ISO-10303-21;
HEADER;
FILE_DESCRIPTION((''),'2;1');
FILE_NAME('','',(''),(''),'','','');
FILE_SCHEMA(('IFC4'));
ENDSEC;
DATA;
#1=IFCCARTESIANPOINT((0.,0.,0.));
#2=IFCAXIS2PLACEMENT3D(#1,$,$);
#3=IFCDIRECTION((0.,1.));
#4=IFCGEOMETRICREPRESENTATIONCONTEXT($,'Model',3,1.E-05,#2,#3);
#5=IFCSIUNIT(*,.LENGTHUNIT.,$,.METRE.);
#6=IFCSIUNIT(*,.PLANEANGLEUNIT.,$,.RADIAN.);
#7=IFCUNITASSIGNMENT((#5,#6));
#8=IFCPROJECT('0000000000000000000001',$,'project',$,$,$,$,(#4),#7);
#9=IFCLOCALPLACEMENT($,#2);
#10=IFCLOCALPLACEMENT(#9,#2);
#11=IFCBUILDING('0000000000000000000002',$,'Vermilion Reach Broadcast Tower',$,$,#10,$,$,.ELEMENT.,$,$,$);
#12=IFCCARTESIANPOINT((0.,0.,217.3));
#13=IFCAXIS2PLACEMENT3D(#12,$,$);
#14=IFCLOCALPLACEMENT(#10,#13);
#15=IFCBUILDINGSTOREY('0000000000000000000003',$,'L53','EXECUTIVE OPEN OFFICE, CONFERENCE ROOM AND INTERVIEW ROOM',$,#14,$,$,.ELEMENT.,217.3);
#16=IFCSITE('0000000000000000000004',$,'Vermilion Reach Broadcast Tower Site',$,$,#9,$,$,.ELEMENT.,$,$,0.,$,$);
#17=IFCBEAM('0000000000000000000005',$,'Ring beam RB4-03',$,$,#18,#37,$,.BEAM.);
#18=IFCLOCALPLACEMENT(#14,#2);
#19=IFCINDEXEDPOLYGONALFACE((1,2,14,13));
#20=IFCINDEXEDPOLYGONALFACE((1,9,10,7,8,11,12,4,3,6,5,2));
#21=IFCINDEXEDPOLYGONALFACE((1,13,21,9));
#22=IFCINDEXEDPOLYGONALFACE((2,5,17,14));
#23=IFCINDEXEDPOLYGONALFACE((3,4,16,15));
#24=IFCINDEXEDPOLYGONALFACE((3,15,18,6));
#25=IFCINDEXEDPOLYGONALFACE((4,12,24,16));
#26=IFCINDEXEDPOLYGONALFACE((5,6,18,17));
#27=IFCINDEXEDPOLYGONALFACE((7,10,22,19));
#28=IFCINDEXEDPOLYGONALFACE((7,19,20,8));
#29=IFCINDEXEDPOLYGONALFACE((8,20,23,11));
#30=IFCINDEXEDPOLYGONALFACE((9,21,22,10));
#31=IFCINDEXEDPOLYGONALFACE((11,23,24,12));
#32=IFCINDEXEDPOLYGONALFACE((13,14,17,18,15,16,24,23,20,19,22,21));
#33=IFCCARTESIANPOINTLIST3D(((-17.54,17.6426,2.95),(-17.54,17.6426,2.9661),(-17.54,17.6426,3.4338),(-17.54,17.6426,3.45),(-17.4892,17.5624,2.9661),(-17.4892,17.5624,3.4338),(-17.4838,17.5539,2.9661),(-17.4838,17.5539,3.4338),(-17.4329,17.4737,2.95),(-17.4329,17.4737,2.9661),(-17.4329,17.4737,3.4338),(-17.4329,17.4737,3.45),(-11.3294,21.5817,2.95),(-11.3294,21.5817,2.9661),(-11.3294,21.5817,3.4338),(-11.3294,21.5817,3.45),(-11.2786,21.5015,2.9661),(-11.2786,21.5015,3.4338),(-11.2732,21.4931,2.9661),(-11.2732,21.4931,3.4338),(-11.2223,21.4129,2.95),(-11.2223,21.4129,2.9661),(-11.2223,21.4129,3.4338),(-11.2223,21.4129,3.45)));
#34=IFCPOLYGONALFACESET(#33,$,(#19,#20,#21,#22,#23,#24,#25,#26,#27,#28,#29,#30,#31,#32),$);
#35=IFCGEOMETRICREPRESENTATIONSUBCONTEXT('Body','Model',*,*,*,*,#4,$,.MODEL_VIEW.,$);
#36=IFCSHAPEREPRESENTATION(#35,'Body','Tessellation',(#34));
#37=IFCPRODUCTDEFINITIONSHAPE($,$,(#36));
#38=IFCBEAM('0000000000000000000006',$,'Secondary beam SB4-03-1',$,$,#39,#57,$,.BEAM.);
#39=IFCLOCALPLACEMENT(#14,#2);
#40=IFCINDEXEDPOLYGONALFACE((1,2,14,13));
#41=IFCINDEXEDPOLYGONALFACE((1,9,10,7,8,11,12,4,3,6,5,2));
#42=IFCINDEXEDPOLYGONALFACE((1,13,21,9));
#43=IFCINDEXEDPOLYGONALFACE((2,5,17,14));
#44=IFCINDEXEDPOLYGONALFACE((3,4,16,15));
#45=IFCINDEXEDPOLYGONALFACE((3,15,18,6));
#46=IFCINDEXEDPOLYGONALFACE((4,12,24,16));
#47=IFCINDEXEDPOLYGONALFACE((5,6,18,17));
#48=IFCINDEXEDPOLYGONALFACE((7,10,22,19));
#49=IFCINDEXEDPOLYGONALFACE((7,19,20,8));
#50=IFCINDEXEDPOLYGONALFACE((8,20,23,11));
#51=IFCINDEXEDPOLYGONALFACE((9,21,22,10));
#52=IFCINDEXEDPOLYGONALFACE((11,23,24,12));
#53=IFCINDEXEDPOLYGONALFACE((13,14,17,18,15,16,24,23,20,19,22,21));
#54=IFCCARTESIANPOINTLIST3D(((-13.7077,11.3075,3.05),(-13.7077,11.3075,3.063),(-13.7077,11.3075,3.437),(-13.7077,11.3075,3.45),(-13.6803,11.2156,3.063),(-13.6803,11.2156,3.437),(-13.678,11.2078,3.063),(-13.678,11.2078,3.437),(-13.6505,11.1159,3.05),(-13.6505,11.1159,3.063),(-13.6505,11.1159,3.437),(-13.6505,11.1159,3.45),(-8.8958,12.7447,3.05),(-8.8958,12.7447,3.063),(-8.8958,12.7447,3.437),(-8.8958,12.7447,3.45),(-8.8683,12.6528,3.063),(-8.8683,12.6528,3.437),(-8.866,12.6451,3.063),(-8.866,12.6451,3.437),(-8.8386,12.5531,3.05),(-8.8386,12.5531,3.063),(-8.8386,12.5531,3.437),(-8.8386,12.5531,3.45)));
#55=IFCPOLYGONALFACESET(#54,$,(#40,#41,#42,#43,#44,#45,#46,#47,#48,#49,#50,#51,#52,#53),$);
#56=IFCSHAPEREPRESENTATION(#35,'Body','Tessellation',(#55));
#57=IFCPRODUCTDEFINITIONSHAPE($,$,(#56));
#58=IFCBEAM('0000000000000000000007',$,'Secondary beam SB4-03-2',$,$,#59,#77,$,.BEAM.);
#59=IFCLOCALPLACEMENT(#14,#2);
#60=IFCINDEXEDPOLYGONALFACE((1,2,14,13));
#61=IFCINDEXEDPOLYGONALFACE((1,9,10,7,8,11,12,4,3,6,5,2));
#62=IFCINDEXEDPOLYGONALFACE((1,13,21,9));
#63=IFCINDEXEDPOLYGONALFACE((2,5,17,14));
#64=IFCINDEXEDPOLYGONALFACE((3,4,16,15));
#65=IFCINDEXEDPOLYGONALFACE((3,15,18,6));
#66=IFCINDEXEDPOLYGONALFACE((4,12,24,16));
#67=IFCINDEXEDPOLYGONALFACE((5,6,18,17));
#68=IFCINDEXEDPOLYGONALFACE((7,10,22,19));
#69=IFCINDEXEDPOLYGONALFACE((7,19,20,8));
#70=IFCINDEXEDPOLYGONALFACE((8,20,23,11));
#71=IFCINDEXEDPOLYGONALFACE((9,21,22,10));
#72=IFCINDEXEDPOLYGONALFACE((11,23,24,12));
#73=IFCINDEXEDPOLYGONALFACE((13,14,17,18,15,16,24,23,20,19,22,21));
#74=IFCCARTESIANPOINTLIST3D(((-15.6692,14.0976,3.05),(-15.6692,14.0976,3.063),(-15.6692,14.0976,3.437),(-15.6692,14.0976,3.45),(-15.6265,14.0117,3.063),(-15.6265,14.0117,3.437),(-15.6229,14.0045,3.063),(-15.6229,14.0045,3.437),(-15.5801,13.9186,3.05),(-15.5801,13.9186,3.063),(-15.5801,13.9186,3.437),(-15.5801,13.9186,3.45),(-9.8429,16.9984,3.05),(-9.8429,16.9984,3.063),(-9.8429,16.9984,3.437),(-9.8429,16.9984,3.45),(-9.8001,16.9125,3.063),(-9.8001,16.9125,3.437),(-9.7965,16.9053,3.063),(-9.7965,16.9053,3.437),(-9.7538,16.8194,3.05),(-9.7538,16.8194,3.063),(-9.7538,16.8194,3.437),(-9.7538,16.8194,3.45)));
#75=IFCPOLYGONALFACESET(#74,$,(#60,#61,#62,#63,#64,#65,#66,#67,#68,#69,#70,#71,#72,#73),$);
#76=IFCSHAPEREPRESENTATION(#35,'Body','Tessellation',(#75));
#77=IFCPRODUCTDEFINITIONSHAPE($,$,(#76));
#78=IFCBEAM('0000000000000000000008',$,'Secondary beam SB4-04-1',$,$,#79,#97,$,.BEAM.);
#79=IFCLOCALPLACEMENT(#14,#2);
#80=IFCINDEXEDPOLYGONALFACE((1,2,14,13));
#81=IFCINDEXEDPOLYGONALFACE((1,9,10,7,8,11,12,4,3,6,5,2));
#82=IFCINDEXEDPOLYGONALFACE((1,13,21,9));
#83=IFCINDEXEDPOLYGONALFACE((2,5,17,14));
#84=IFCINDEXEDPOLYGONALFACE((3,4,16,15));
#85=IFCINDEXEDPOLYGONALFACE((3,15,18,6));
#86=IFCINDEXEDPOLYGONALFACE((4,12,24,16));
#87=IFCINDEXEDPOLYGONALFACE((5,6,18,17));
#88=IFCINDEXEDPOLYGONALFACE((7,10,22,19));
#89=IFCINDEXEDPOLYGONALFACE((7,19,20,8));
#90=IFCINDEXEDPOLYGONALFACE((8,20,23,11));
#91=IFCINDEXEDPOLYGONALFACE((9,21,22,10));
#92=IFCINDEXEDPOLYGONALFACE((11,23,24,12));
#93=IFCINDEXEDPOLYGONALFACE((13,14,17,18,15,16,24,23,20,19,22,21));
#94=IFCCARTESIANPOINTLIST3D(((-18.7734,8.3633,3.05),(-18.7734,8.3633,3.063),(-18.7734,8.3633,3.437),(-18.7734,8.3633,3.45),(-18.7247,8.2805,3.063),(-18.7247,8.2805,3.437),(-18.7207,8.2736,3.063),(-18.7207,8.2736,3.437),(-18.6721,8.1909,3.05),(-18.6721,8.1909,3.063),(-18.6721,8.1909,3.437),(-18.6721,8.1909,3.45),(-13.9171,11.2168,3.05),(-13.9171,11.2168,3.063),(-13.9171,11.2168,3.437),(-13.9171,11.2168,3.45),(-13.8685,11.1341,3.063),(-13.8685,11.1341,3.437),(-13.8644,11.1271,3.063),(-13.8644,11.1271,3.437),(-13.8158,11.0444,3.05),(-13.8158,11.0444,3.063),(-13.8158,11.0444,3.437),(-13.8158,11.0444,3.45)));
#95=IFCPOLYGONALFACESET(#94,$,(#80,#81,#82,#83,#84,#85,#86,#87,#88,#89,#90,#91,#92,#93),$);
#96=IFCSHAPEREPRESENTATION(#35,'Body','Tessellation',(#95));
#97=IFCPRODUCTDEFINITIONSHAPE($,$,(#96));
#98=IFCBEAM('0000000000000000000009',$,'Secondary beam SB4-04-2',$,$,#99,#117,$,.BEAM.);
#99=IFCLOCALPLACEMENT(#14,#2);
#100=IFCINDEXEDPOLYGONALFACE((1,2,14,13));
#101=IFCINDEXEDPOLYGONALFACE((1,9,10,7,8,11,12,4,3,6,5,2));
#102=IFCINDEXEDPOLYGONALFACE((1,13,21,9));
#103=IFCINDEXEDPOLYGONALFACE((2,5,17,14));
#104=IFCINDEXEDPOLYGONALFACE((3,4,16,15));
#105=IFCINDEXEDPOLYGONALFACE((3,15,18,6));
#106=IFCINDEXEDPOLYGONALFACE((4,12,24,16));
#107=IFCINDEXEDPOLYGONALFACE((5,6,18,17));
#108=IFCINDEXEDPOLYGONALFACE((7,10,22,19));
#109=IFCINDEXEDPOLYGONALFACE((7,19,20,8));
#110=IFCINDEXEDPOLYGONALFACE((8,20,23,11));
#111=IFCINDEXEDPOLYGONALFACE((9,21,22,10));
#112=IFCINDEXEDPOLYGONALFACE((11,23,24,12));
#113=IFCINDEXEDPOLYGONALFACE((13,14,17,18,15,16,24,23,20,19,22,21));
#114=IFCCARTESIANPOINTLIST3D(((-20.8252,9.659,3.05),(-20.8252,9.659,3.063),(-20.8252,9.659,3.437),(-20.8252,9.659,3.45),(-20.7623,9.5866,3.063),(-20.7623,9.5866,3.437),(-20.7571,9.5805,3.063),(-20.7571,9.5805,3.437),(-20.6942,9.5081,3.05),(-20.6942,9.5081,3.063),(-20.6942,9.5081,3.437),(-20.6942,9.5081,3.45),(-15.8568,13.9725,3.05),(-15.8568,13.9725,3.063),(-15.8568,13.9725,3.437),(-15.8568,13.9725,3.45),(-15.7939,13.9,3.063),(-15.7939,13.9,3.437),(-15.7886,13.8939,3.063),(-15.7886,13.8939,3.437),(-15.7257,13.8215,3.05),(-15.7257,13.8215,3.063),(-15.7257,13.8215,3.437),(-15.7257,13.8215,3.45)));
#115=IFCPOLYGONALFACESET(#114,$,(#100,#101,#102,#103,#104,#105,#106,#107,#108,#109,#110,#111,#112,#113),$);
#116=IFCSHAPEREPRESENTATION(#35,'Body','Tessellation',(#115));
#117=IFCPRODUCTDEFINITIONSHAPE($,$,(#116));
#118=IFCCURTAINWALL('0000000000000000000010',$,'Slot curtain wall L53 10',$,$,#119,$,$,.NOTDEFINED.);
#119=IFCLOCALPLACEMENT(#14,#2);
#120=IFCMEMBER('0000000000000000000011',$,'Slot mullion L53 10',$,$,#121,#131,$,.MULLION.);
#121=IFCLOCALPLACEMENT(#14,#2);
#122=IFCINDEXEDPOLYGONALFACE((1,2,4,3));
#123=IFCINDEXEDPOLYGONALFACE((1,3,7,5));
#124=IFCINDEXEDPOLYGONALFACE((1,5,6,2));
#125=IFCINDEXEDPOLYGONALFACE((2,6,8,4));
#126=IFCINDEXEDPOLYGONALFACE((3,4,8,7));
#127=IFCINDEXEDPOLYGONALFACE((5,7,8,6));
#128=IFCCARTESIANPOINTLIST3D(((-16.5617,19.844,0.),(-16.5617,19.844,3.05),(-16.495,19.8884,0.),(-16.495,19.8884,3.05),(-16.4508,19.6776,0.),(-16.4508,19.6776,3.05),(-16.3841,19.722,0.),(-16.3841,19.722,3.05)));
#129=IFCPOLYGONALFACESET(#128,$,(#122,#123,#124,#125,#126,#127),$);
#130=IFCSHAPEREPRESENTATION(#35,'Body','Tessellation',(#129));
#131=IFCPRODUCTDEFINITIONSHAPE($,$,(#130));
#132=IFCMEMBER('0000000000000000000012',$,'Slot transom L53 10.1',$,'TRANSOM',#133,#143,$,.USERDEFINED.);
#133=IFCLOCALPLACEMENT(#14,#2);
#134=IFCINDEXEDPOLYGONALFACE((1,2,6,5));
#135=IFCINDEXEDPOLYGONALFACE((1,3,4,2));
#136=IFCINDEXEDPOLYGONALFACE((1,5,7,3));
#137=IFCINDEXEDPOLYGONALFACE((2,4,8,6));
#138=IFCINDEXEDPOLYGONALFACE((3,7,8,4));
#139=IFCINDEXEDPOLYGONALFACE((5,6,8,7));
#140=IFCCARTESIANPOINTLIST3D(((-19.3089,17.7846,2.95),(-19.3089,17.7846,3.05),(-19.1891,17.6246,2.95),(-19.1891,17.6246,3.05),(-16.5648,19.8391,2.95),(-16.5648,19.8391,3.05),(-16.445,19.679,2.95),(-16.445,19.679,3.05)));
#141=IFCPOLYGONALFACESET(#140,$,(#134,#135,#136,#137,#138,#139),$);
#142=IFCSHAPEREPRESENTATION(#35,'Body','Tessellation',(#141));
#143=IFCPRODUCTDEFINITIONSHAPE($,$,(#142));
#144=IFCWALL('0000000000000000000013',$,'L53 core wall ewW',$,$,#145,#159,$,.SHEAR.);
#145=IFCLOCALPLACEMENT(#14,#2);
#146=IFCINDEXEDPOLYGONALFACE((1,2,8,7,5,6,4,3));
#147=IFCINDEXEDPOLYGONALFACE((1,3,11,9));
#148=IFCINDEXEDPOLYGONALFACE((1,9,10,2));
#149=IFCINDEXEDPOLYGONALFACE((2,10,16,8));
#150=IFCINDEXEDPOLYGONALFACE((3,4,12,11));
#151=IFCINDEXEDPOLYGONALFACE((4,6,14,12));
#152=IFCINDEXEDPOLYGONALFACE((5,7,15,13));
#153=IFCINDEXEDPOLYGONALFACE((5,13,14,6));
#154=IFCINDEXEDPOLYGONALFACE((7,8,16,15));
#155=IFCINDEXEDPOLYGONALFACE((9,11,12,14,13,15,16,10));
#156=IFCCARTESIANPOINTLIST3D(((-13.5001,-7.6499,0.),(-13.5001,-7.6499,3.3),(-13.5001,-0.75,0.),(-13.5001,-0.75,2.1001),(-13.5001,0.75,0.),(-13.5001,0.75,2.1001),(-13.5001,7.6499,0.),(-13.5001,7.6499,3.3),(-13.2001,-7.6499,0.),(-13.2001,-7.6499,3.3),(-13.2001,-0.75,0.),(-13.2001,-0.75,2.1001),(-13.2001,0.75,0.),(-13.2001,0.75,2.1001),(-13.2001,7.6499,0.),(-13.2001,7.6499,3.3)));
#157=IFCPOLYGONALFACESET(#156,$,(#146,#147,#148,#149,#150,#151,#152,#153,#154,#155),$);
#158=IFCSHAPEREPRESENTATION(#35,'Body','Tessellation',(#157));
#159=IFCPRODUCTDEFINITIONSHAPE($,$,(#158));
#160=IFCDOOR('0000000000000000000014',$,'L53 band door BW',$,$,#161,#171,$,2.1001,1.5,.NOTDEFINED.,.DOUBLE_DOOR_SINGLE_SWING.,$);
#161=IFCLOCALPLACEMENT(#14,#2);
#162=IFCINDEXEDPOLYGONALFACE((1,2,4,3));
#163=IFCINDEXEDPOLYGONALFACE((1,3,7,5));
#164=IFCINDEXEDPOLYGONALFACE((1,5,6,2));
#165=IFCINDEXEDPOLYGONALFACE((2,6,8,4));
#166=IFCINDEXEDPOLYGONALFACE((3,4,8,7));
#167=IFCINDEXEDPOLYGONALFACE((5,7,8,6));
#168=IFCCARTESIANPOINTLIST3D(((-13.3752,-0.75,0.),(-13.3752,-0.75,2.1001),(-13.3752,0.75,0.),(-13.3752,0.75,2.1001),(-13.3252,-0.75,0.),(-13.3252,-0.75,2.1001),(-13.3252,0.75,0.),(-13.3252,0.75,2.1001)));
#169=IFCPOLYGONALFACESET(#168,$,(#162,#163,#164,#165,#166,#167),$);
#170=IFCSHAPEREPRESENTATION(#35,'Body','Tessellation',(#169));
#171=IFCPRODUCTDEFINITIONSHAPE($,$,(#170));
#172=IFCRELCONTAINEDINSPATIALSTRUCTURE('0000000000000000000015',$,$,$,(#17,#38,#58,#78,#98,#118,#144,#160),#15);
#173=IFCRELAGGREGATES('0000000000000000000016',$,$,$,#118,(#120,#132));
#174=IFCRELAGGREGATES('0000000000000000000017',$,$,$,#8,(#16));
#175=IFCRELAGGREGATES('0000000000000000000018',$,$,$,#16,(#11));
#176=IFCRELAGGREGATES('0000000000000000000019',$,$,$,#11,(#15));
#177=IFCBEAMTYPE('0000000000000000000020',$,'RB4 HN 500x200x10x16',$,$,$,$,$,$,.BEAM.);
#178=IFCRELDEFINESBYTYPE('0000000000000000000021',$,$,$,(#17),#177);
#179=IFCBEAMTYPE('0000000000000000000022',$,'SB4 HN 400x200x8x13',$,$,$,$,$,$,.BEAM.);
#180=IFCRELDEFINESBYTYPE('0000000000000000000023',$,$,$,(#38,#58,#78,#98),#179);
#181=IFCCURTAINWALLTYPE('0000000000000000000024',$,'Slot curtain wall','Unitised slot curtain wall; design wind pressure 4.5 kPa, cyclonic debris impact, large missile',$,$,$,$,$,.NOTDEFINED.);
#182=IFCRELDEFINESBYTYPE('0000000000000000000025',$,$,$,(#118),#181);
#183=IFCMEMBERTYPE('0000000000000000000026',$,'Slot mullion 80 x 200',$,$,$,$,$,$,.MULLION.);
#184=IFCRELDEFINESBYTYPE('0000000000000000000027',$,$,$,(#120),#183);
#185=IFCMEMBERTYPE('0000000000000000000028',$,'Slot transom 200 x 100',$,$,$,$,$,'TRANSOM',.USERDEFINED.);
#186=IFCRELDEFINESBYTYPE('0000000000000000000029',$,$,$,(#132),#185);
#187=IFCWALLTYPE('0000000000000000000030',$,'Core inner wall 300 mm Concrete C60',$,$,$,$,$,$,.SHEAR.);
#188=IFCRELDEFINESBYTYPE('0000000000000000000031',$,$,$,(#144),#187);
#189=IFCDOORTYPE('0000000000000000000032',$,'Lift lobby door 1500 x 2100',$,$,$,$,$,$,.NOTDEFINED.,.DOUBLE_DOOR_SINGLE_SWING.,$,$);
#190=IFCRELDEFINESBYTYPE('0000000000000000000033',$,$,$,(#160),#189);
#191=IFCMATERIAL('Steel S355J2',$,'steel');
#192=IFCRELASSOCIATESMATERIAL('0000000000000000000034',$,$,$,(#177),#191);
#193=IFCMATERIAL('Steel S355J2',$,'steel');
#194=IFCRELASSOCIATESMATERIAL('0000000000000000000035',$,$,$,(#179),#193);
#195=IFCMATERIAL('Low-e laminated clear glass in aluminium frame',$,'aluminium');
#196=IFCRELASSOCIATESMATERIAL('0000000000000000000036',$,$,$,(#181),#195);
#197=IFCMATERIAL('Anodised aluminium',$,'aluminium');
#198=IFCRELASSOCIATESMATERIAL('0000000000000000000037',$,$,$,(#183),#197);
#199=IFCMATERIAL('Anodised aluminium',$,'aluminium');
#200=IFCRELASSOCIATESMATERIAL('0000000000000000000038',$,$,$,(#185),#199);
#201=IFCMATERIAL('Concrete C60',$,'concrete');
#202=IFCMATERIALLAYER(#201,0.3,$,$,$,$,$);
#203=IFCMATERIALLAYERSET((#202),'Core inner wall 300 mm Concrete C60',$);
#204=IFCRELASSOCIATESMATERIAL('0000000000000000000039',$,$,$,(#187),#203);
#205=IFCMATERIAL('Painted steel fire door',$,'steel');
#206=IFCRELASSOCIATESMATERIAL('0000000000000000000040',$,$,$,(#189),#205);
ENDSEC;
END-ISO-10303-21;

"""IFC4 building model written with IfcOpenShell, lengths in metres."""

from ifc_helpers import new_model, si_unit, direction, frame, frame_2d, origin, origin_2d, place, context, subcontext, project, spatial, rectangle, i_section, extrude, material, layer, layer_set, material_profile, profile_set, type_object, element, fill, aggregate, save


model = new_model("IFC4")

# Units and contexts
model_context = context("Model", 3, precision=1e-05, world=origin(), true_north=direction((0.0, 1.0)))
body_context = subcontext(model_context, "Body", "Model", "MODEL_VIEW")
ifc_project = project(units=[si_unit("LENGTHUNIT", "METRE"), si_unit("PLANEANGLEUNIT", "RADIAN")], contexts=[model_context])

# Site, building, storey
site_placement = place(None, origin())
site = spatial("IfcSite", under=ifc_project, at=site_placement, Name="Vermilion Reach Broadcast Tower Site", CompositionType="ELEMENT", RefElevation=0.0)
building_placement = place(site_placement, origin())
building = spatial("IfcBuilding", under=site, at=building_placement, Name="Vermilion Reach Broadcast Tower", CompositionType="ELEMENT")
storey_placement = place(building_placement, frame((0.0, 0.0, 217.3)))
storey = spatial("IfcBuildingStorey", under=building, at=storey_placement, Name="L53", Description="EXECUTIVE OPEN OFFICE, CONFERENCE ROOM AND INTERVIEW ROOM", CompositionType="ELEMENT", Elevation=217.3)

# Beams
ifc_material_1 = material(Name="Steel S355J2", Category="steel")
ifc_material_profile_1 = material_profile(ifc_material_1, i_section(OverallWidth=0.2, OverallDepth=0.5, WebThickness=0.01, FlangeThickness=0.0161, at=origin_2d()), Name="S355J2 HN 500x200x10x16")
ifc_profile_set_1 = profile_set([ifc_material_profile_1], Name="Steel S355J2")
beam_type_1 = type_object("IfcBeamType", Name="RB4 HN 500x200x10x16", PredefinedType="BEAM", material=ifc_profile_set_1)
beam_1_placement = place(storey_placement, frame((-11.2759, 21.4973, 3.2), z_axis=(-0.844464, -0.535612, 0.0), x_axis=(0.535612, -0.844464, 0.0)))
element("IfcBeam", 1, at=beam_1_placement, inside=storey, type_object=beam_type_1, Name="Ring beam RB4-03", PredefinedType="BEAM", context=body_context, shape_type="SweptSolid", body=[
    extrude(i_section(OverallWidth=0.2, OverallDepth=0.5, WebThickness=0.01, FlangeThickness=0.0161, at=origin_2d()), origin(), (0.0, 0.0, 1.0), 7.3545),
])
ifc_material_2 = material(Name="Steel S355J2", Category="steel")
ifc_material_profile_2 = material_profile(ifc_material_2, i_section(OverallWidth=0.2, OverallDepth=0.3999, WebThickness=0.0081, FlangeThickness=0.0129, at=origin_2d()), Name="S355J2 HN 400x200x8x13")
ifc_profile_set_2 = profile_set([ifc_material_profile_2], Name="Steel S355J2")
beam_type_2 = type_object("IfcBeamType", Name="SB4 HN 400x200x8x13", PredefinedType="BEAM", material=ifc_profile_set_2)
beam_2_placement = place(storey_placement, frame((-8.8672, 12.6489, 3.25), z_axis=(-0.958173, -0.286188, 0.0), x_axis=(0.286188, -0.958173, 0.0)))
element("IfcBeam", 2, at=beam_2_placement, inside=storey, type_object=beam_type_2, Name="Secondary beam SB4-03-1", PredefinedType="BEAM", context=body_context, shape_type="SweptSolid", body=[
    extrude(i_section(OverallWidth=0.2, OverallDepth=0.3999, WebThickness=0.0081, FlangeThickness=0.0129, at=origin_2d()), origin(), (0.0, 0.0, 1.0), 5.022),
])
beam_3_placement = place(storey_placement, frame((-9.7983, 16.9089, 3.25), z_axis=(-0.895184, -0.445698, 0.0), x_axis=(0.445698, -0.895184, 0.0)))
element("IfcBeam", 3, at=beam_3_placement, inside=storey, type_object=beam_type_2, Name="Secondary beam SB4-03-2", PredefinedType="BEAM", context=body_context, shape_type="SweptSolid", body=[
    extrude(i_section(OverallWidth=0.2, OverallDepth=0.3999, WebThickness=0.0081, FlangeThickness=0.0129, at=origin_2d()), origin(), (0.0, 0.0, 1.0), 6.5085),
])
beam_4_placement = place(storey_placement, frame((-13.8665, 11.1306, 3.25), z_axis=(-0.862173, -0.506615, 0.0), x_axis=(0.506615, -0.862173, 0.0)))
element("IfcBeam", 4, at=beam_4_placement, inside=storey, type_object=beam_type_2, Name="Secondary beam SB4-04-1", PredefinedType="BEAM", context=body_context, shape_type="SweptSolid", body=[
    extrude(i_section(OverallWidth=0.2, OverallDepth=0.3999, WebThickness=0.0081, FlangeThickness=0.0129, at=origin_2d()), origin(), (0.0, 0.0, 1.0), 5.6326),
])
beam_5_placement = place(storey_placement, frame((-15.7913, 13.897, 3.25), z_axis=(-0.755129, -0.655576, 0.0), x_axis=(0.655576, -0.755129, 0.0)))
element("IfcBeam", 5, at=beam_5_placement, inside=storey, type_object=beam_type_2, Name="Secondary beam SB4-04-2", PredefinedType="BEAM", context=body_context, shape_type="SweptSolid", body=[
    extrude(i_section(OverallWidth=0.2, OverallDepth=0.3999, WebThickness=0.0081, FlangeThickness=0.0129, at=origin_2d()), origin(), (0.0, 0.0, 1.0), 6.5796),
])

# Curtain wall, members
ifc_material_3 = material(Name="Low-e laminated clear glass in aluminium frame", Category="aluminium")
curtain_wall_type = type_object("IfcCurtainWallType", Name="Slot curtain wall", Description="Unitised slot curtain wall; design wind pressure 4.5 kPa, cyclonic debris impact, large missile", PredefinedType="NOTDEFINED", material=ifc_material_3)
curtain_wall_placement = place(storey_placement, origin())
curtain_wall = element("IfcCurtainWall", 6, at=curtain_wall_placement, inside=storey, type_object=curtain_wall_type, Name="Slot curtain wall L53 10", PredefinedType="NOTDEFINED")
ifc_material_4 = material(Name="Anodised aluminium", Category="aluminium")
ifc_material_profile_3 = material_profile(ifc_material_4, rectangle(XDim=0.2, YDim=0.0801, at=origin_2d()), Name="Slot mullion 80 x 200")
ifc_profile_set_3 = profile_set([ifc_material_profile_3], Name="Anodised aluminium")
member_type_1 = type_object("IfcMemberType", Name="Slot mullion 80 x 200", PredefinedType="MULLION", material=ifc_profile_set_3)
member_1_placement = place(storey_placement, frame((-16.4729, 19.783, 0.0), z_axis=(0.0, 0.0, 1.0), x_axis=(0.55454, -0.832157, 0.0)))
member_1 = element("IfcMember", 7, at=member_1_placement, type_object=member_type_1, Name="Slot mullion L53 10", PredefinedType="MULLION", context=body_context, shape_type="SweptSolid", body=[
    extrude(rectangle(XDim=0.2, YDim=0.0801, at=origin_2d()), origin(), (0.0, 0.0, 1.0), 3.05),
])
ifc_material_5 = material(Name="Anodised aluminium", Category="aluminium")
ifc_material_profile_4 = material_profile(ifc_material_5, rectangle(XDim=0.2, YDim=0.1001, at=origin_2d()), Name="Slot transom 200 x 100")
ifc_profile_set_4 = profile_set([ifc_material_profile_4], Name="Anodised aluminium")
member_type_2 = type_object("IfcMemberType", Name="Slot transom 200 x 100", ElementType="TRANSOM", PredefinedType="USERDEFINED", material=ifc_profile_set_4)
member_2_placement = place(storey_placement, frame((-16.5049, 19.759, 3.0), z_axis=(-0.800512, -0.599316, 0.0), x_axis=(0.599316, -0.800512, 0.0)))
member_2 = element("IfcMember", 8, at=member_2_placement, type_object=member_type_2, Name="Slot transom L53 10.1", ObjectType="TRANSOM", PredefinedType="USERDEFINED", context=body_context, shape_type="SweptSolid", body=[
    extrude(rectangle(XDim=0.2, YDim=0.1001, at=origin_2d()), origin(), (0.0, 0.0, 1.0), 3.428),
])
aggregate(curtain_wall, [member_1, member_2])

# Wall, opening, door
ifc_material_6 = material(Name="Concrete C60", Category="concrete")
ifc_layer_1 = layer(ifc_material_6, 0.3)
ifc_layer_set_1 = layer_set([ifc_layer_1], Name="Core inner wall 300 mm Concrete C60")
wall_type_1 = type_object("IfcWallType", Name="Core inner wall 300 mm Concrete C60", PredefinedType="SHEAR", material=ifc_layer_set_1)
wall_1_placement = place(storey_placement, frame((-13.3501, 7.6499, 0.0), z_axis=(0.0, 0.0, 1.0), x_axis=(0.0, -1.0, 0.0)))
wall_1 = element("IfcWall", 9, at=wall_1_placement, inside=storey, type_object=wall_type_1, Name="L53 core wall ewW", PredefinedType="SHEAR", context=body_context, shape_type="SweptSolid", body=[
    extrude(rectangle(XDim=15.2998, YDim=0.3, at=frame_2d((7.6499, 0.0))), origin(), (0.0, 0.0, 1.0), 3.3),
])
opening_1_placement = place(wall_1_placement, frame((6.8999, 0.0, 0.0)))
opening_1 = element("IfcOpeningElement", 10, at=opening_1_placement, cuts=wall_1, PredefinedType="OPENING", context=body_context, shape_type="SweptSolid", body=[
    extrude(rectangle(XDim=1.5, YDim=2.1001, at=frame_2d((0.75, 1.05))), frame((0.0, 0.1599, 0.0), z_axis=(0.0, -1.0, 0.0), x_axis=(1.0, 0.0, 0.0)), (0.0, 0.0, 1.0), 0.3201),
])
ifc_material_7 = material(Name="Painted steel fire door", Category="steel")
door_type_1 = type_object("IfcDoorType", Name="Lift lobby door 1500 x 2100", OperationType="DOUBLE_DOOR_SINGLE_SWING", PredefinedType="NOTDEFINED", material=ifc_material_7)
door_1_placement = place(opening_1_placement, origin())
door_1 = element("IfcDoor", 11, at=door_1_placement, inside=storey, type_object=door_type_1, Name="L53 band door BW", OperationType="DOUBLE_DOOR_SINGLE_SWING", OverallHeight=2.1001, OverallWidth=1.5, PredefinedType="NOTDEFINED", context=body_context, shape_type="SweptSolid", body=[
    extrude(rectangle(XDim=1.5, YDim=2.1001, at=frame_2d((0.75, 1.05))), frame((0.0, 0.0249, 0.0), z_axis=(0.0, -1.0, 0.0), x_axis=(1.0, 0.0, 0.0)), (0.0, 0.0, 1.0), 0.05),
])
fill(opening_1, door_1)

save(model, "model.ifc")
